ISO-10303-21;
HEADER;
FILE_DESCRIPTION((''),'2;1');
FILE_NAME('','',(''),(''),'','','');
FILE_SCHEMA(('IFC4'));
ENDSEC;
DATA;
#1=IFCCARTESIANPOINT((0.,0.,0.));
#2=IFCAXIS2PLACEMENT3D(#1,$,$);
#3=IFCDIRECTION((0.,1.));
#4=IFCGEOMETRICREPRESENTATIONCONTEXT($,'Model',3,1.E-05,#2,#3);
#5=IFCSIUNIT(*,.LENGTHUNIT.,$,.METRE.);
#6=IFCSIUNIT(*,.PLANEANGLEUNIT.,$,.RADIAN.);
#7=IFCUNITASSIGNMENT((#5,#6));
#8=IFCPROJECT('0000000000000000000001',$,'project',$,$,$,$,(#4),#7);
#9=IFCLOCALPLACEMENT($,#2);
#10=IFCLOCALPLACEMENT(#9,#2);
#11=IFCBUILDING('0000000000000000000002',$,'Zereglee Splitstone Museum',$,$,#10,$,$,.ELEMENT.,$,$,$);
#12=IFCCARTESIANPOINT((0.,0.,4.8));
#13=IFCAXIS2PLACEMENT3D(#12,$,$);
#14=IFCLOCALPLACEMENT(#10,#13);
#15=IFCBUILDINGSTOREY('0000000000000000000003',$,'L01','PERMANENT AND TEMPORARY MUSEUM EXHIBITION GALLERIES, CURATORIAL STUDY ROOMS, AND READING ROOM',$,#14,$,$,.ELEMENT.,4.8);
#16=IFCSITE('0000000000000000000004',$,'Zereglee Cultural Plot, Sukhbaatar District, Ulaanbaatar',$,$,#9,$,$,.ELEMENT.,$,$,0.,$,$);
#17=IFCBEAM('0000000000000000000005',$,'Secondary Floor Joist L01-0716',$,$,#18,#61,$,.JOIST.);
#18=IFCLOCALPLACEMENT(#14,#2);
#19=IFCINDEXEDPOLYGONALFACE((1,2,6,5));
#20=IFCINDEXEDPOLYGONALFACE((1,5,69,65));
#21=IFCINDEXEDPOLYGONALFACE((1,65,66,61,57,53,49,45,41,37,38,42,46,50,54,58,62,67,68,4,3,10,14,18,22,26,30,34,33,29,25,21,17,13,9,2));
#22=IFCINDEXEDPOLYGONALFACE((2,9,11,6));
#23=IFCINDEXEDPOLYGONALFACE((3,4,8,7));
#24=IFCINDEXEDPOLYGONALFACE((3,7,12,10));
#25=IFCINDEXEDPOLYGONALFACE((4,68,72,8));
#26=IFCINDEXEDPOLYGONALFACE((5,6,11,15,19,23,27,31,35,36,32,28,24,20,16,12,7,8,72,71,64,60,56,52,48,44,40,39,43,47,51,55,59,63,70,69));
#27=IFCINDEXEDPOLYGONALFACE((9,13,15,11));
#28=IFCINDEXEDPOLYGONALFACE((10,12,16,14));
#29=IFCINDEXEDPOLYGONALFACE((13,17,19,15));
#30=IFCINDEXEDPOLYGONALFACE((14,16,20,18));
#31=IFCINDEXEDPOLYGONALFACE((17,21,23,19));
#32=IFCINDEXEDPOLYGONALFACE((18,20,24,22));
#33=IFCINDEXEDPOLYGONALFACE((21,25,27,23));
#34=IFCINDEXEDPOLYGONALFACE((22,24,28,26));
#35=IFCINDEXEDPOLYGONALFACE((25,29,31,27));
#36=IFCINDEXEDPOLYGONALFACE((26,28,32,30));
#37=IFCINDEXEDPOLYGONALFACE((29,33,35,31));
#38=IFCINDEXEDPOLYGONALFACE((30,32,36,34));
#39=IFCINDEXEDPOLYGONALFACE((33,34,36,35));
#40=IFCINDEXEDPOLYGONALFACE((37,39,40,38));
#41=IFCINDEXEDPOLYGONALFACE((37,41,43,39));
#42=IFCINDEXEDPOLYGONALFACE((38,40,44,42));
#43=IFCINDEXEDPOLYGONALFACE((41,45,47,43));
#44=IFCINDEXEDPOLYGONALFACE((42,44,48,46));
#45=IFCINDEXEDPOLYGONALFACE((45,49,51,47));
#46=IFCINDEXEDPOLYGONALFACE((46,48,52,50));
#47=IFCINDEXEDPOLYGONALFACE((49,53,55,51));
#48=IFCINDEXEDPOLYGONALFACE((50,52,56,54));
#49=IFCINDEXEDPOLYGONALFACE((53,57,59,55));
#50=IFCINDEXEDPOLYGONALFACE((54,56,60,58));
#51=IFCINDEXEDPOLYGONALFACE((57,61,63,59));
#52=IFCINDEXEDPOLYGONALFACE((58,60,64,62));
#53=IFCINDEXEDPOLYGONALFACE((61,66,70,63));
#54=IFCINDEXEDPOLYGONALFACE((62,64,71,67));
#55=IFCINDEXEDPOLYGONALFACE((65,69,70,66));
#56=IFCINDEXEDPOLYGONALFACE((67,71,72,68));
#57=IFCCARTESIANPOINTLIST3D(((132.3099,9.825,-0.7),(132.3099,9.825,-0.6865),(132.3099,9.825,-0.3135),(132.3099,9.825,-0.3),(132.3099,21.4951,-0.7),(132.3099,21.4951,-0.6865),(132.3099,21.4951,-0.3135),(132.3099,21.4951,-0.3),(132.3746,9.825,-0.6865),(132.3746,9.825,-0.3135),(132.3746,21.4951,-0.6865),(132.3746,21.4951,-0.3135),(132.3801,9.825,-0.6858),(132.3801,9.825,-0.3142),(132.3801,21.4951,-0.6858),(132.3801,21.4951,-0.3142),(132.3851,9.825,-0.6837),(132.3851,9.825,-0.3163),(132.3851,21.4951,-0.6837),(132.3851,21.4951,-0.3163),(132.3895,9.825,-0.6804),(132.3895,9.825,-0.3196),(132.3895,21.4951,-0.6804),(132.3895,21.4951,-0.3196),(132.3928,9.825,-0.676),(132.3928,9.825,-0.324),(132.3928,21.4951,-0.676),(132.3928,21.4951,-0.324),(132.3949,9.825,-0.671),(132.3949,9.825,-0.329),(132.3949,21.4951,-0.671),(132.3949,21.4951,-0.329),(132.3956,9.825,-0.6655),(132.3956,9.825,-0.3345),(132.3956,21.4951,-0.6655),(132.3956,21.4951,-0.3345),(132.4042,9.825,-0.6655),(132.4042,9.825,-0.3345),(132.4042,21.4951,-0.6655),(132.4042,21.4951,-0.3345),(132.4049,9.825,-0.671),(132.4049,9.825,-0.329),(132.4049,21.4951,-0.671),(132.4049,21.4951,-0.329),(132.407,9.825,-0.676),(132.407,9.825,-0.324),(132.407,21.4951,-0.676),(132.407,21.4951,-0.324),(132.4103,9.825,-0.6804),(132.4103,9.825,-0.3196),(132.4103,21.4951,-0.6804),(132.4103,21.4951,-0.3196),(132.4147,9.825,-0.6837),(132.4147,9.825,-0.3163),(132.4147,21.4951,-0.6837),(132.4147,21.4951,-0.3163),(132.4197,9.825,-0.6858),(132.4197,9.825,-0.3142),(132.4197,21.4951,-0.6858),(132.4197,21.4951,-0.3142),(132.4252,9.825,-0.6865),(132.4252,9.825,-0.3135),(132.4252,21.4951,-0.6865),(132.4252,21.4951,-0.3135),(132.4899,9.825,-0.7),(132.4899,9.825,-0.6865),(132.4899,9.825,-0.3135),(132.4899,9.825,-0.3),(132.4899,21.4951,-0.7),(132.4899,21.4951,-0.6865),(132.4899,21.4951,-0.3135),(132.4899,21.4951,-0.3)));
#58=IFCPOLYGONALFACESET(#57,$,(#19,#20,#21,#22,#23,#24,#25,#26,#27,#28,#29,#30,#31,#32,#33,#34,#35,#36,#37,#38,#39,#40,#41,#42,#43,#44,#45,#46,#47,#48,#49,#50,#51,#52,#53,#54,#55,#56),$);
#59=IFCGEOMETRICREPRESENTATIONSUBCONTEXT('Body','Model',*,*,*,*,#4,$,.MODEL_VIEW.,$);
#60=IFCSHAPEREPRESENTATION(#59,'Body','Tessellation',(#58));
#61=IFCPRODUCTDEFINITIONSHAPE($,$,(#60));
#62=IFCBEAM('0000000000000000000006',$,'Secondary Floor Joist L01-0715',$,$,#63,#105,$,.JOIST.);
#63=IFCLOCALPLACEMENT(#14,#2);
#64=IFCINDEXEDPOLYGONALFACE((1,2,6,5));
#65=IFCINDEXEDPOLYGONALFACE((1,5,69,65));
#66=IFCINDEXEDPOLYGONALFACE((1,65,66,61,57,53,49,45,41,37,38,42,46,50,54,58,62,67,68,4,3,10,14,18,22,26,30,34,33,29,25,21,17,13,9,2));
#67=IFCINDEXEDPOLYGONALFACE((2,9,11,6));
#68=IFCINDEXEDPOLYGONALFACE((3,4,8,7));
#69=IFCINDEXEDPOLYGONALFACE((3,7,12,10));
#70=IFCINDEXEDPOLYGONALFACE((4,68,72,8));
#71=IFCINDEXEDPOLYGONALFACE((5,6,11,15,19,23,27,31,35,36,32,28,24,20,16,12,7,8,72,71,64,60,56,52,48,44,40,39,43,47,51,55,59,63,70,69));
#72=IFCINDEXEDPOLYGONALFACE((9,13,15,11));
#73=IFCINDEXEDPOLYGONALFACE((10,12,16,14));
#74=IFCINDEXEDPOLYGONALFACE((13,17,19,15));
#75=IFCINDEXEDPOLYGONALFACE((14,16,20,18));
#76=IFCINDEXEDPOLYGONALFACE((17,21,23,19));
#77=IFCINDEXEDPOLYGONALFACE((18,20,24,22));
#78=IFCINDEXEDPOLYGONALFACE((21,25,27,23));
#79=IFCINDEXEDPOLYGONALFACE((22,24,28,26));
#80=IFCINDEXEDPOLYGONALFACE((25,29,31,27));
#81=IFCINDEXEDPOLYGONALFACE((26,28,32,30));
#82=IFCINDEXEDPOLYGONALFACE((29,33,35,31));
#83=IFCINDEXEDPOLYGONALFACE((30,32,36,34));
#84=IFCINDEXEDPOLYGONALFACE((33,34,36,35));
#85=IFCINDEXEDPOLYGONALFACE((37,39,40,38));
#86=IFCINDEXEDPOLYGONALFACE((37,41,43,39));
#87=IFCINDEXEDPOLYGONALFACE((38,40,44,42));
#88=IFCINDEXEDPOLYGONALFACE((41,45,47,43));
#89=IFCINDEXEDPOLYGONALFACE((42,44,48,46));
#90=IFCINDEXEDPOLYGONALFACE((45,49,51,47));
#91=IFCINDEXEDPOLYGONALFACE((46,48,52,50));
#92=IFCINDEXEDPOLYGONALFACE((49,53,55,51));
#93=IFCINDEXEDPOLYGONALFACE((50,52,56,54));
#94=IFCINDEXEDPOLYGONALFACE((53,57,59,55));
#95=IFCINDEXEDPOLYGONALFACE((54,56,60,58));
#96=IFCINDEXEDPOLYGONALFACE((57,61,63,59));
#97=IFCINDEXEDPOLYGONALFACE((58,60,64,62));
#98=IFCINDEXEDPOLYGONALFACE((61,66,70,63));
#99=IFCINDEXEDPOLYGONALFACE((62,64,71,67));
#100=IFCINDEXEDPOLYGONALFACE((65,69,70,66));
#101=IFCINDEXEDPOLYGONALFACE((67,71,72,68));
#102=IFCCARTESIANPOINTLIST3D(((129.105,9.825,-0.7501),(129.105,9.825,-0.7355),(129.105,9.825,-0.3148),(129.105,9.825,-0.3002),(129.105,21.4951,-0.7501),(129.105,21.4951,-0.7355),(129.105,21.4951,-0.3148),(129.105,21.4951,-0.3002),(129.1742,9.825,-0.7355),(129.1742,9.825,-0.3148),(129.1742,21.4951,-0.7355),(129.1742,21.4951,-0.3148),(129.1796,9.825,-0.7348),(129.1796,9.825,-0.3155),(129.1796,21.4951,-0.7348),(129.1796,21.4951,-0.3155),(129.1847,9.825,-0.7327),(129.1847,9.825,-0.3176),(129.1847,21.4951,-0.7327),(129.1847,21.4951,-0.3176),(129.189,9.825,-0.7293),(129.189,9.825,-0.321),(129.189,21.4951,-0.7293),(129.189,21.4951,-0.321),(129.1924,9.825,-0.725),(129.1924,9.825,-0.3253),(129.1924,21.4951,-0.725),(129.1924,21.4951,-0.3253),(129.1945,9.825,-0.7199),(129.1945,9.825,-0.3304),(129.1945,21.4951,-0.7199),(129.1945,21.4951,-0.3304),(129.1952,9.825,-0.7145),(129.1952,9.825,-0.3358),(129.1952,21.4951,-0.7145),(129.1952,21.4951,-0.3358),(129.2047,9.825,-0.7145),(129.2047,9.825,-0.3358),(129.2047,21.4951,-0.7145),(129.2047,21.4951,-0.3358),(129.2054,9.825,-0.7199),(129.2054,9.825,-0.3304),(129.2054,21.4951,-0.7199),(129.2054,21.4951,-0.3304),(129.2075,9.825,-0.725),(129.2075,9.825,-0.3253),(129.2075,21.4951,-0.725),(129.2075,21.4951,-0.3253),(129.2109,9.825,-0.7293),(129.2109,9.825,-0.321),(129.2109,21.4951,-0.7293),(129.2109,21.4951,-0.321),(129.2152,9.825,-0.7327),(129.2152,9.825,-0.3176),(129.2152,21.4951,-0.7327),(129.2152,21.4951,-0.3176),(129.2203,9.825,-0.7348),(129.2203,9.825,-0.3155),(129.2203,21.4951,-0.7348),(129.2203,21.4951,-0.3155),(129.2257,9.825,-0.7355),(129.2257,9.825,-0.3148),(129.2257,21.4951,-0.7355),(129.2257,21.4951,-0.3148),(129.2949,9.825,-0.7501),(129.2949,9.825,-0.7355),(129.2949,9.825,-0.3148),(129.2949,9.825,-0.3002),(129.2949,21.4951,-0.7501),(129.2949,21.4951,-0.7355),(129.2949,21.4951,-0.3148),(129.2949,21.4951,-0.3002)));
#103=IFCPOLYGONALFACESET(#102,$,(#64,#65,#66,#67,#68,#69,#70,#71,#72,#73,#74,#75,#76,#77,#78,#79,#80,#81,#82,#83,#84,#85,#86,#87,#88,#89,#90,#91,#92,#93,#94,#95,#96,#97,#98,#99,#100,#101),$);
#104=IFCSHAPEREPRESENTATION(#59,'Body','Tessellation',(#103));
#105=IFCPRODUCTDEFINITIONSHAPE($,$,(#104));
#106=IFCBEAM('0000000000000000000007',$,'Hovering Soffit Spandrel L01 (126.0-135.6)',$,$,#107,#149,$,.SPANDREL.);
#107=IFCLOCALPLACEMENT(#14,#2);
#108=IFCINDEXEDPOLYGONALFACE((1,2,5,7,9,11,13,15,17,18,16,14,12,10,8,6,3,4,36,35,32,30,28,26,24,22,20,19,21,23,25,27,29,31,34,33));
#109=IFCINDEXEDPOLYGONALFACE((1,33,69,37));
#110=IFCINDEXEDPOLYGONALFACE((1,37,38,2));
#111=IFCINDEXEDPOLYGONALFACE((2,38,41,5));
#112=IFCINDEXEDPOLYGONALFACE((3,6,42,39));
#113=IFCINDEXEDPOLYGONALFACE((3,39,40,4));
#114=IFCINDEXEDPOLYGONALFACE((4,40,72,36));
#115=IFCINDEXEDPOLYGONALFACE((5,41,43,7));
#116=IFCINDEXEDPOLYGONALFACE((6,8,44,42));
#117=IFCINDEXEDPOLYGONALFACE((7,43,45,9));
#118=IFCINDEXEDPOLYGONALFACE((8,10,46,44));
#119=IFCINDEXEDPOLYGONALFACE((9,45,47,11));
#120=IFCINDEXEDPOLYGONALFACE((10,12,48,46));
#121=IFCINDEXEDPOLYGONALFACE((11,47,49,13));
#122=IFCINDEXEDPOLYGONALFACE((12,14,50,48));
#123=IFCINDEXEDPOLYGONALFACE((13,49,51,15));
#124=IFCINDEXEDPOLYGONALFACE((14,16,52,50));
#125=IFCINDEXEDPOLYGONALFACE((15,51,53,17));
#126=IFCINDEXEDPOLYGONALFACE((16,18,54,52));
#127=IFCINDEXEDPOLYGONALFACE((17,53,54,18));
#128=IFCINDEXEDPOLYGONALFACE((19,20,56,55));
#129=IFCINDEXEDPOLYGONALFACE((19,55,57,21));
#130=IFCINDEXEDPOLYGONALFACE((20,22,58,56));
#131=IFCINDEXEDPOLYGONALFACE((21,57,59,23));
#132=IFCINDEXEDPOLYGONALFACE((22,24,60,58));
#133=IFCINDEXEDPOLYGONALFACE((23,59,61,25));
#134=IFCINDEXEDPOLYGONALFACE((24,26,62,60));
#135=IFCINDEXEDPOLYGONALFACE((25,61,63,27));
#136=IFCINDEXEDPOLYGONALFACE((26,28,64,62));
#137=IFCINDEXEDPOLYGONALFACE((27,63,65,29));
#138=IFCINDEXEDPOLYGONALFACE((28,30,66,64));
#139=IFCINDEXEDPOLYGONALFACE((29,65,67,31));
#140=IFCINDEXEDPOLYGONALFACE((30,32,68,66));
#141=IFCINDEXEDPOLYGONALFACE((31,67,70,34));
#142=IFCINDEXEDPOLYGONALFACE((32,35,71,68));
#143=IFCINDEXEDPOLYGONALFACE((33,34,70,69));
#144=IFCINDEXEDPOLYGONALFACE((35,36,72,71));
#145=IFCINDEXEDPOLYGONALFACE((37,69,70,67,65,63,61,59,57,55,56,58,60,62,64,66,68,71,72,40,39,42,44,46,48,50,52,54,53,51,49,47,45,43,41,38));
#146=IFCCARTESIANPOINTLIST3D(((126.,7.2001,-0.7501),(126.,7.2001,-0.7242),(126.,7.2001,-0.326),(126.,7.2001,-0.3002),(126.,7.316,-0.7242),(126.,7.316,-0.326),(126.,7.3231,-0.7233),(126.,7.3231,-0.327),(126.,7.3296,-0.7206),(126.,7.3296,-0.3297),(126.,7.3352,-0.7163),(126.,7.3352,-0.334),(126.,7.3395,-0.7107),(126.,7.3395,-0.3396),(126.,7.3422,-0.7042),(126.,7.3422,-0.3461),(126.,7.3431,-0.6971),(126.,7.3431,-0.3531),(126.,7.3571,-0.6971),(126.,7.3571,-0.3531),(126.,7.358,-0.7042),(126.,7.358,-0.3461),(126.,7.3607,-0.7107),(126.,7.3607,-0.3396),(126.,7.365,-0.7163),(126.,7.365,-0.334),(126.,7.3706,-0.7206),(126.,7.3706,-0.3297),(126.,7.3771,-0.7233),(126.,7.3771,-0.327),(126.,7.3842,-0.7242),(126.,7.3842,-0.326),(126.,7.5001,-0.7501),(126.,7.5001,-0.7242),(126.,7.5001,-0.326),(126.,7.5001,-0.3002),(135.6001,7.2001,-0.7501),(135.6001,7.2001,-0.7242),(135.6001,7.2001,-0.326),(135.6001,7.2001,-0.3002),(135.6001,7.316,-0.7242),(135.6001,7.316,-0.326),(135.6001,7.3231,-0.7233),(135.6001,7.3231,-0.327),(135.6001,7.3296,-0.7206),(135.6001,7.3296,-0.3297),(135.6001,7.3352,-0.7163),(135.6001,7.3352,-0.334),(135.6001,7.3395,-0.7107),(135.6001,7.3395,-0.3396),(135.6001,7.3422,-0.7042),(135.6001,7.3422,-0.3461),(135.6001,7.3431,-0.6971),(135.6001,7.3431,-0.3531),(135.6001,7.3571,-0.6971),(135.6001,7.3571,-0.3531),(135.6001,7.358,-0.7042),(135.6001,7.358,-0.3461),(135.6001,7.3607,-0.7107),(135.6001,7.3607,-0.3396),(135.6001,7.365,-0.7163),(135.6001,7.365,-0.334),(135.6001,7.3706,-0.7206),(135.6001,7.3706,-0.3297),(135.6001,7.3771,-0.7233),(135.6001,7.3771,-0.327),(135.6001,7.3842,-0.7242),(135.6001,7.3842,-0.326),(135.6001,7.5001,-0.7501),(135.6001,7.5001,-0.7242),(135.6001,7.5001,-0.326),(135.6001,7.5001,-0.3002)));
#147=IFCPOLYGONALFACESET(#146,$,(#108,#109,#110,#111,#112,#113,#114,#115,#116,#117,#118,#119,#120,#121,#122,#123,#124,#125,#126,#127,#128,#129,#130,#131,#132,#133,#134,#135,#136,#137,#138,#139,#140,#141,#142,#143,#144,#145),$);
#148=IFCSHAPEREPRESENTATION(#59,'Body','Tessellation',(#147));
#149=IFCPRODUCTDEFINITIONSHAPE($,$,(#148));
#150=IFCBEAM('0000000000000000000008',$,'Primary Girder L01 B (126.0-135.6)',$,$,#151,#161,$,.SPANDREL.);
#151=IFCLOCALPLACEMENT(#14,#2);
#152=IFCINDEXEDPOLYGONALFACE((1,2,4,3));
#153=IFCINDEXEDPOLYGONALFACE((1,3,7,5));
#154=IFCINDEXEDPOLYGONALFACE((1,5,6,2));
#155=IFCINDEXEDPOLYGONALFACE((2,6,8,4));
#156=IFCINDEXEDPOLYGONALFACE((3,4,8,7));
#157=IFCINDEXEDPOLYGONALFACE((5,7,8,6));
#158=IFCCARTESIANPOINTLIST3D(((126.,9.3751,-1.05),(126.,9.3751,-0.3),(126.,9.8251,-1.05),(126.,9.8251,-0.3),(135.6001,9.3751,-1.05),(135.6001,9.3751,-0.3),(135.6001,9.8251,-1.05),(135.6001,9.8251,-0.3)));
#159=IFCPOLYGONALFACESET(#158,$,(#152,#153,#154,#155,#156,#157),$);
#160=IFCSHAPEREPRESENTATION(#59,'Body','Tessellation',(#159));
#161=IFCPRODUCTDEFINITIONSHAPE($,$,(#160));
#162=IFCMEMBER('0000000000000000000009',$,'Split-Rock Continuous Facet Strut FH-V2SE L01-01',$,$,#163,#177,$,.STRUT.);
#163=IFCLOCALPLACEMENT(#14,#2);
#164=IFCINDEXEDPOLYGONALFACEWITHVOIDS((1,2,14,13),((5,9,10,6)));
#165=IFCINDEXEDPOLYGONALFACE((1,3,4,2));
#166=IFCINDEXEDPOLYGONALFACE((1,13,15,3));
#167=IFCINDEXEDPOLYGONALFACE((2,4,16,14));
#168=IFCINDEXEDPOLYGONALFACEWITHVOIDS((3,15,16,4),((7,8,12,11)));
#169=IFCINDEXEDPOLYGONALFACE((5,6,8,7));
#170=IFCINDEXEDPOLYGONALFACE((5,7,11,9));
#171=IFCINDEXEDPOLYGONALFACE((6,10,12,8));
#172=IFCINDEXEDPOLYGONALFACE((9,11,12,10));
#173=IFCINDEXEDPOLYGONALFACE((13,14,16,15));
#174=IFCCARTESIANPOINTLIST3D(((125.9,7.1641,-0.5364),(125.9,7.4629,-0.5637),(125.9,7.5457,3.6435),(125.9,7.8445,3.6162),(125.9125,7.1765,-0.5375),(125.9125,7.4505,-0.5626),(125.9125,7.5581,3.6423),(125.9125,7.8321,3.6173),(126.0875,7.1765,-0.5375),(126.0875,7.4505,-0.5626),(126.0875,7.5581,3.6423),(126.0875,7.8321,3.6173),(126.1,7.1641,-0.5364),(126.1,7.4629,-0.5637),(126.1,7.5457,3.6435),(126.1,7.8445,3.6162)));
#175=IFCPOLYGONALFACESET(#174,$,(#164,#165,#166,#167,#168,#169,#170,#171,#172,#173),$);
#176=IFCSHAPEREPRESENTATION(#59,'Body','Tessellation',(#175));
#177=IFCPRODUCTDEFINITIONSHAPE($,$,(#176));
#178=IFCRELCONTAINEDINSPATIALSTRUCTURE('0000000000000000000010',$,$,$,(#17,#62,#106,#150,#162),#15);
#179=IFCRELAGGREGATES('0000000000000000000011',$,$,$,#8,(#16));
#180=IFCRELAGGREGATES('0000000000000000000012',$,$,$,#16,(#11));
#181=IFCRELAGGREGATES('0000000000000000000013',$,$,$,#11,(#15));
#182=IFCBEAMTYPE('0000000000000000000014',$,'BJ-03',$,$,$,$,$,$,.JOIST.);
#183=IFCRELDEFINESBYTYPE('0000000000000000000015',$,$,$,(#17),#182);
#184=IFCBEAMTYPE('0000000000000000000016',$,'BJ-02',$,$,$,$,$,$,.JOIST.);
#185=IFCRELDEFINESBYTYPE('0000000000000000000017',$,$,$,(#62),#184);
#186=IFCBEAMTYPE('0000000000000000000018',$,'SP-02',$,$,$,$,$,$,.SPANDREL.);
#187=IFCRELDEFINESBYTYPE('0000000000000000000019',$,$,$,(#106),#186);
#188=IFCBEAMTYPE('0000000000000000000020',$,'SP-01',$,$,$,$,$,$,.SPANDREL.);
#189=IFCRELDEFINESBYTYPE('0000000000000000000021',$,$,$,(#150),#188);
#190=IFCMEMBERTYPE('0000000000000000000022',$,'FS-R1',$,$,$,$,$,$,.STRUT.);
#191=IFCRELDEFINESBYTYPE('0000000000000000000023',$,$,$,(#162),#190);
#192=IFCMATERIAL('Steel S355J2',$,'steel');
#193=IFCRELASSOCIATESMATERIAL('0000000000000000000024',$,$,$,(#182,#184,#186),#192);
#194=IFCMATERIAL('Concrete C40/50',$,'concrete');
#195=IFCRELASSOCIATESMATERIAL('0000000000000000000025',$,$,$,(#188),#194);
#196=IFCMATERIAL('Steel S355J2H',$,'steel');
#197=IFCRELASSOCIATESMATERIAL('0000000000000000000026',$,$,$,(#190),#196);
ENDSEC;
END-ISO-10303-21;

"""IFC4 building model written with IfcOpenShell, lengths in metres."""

from ifc_helpers import new_model, si_unit, direction, frame, origin, origin_2d, place, context, subcontext, project, spatial, rectangle, hollow_rectangle, i_section, extrude, material, material_profile, profile_set, type_object, element, save


model = new_model("IFC4")

# Units and contexts
model_context = context("Model", 3, precision=1e-05, world=origin(), true_north=direction((0.0, 1.0)))
body_context = subcontext(model_context, "Body", "Model", "MODEL_VIEW")
ifc_project = project(units=[si_unit("LENGTHUNIT", "METRE"), si_unit("PLANEANGLEUNIT", "RADIAN")], contexts=[model_context])

# Site, building, storey
site_placement = place(None, origin())
site = spatial("IfcSite", under=ifc_project, at=site_placement, Name="Zereglee Cultural Plot, Sukhbaatar District, Ulaanbaatar", CompositionType="ELEMENT", RefElevation=0.0)
building_placement = place(site_placement, origin())
building = spatial("IfcBuilding", under=site, at=building_placement, Name="Zereglee Splitstone Museum", CompositionType="ELEMENT")
storey_placement = place(building_placement, frame((0.0, 0.0, 4.8)))
storey = spatial("IfcBuildingStorey", under=building, at=storey_placement, Name="L01", Description="PERMANENT AND TEMPORARY MUSEUM EXHIBITION GALLERIES, CURATORIAL STUDY ROOMS, AND READING ROOM", CompositionType="ELEMENT", Elevation=4.8)

# Shared definitions
ifc_material_1 = material(Name="Steel S355J2", Category="steel")

# Beams
ifc_material_profile_1 = material_profile(ifc_material_1, i_section(OverallWidth=0.1799, OverallDepth=0.3999, WebThickness=0.0085, FlangeThickness=0.0134, FilletRadius=0.021, at=origin_2d()), Name="IPE 400")
ifc_profile_set_1 = profile_set([ifc_material_profile_1], Name="Steel S355J2")
beam_type_1 = type_object("IfcBeamType", Name="BJ-03", PredefinedType="JOIST", material=ifc_profile_set_1)
beam_1_placement = place(storey_placement, frame((132.3999, 9.825, -0.5), z_axis=(0.0, 1.0, 0.0), x_axis=(-1.0, 0.0, 0.0)))
element("IfcBeam", 1, at=beam_1_placement, inside=storey, type_object=beam_type_1, Name="Secondary Floor Joist L01-0716", PredefinedType="JOIST", context=body_context, shape_type="SweptSolid", body=[
    extrude(i_section(OverallWidth=0.1799, OverallDepth=0.3999, WebThickness=0.0085, FlangeThickness=0.0134, FilletRadius=0.021, at=origin_2d()), origin(), (0.0, 0.0, 1.0), 11.6702),
])
ifc_material_profile_2 = material_profile(ifc_material_1, i_section(OverallWidth=0.1899, OverallDepth=0.45, WebThickness=0.0095, FlangeThickness=0.0146, FilletRadius=0.021, at=origin_2d()), Name="IPE 450")
ifc_profile_set_2 = profile_set([ifc_material_profile_2], Name="Steel S355J2")
beam_type_2 = type_object("IfcBeamType", Name="BJ-02", PredefinedType="JOIST", material=ifc_profile_set_2)
beam_2_placement = place(storey_placement, frame((129.2, 9.825, -0.5251), z_axis=(0.0, 1.0, 0.0), x_axis=(-1.0, 0.0, 0.0)))
element("IfcBeam", 2, at=beam_2_placement, inside=storey, type_object=beam_type_2, Name="Secondary Floor Joist L01-0715", PredefinedType="JOIST", context=body_context, shape_type="SweptSolid", body=[
    extrude(i_section(OverallWidth=0.1899, OverallDepth=0.45, WebThickness=0.0095, FlangeThickness=0.0146, FilletRadius=0.021, at=origin_2d()), origin(), (0.0, 0.0, 1.0), 11.6702),
])
ifc_material_profile_3 = material_profile(ifc_material_1, i_section(OverallWidth=0.3, OverallDepth=0.45, WebThickness=0.0139, FlangeThickness=0.0259, FilletRadius=0.0271, at=origin_2d()), Name="HE 450 B")
ifc_profile_set_3 = profile_set([ifc_material_profile_3], Name="Steel S355J2")
beam_type_3 = type_object("IfcBeamType", Name="SP-02", PredefinedType="SPANDREL", material=ifc_profile_set_3)
beam_3_placement = place(storey_placement, frame((126.0, 7.3501, -0.5251), z_axis=(1.0, 0.0, 0.0), x_axis=(0.0, 1.0, 0.0)))
element("IfcBeam", 3, at=beam_3_placement, inside=storey, type_object=beam_type_3, Name="Hovering Soffit Spandrel L01 (126.0-135.6)", PredefinedType="SPANDREL", context=body_context, shape_type="SweptSolid", body=[
    extrude(i_section(OverallWidth=0.3, OverallDepth=0.45, WebThickness=0.0139, FlangeThickness=0.0259, FilletRadius=0.0271, at=origin_2d()), origin(), (0.0, 0.0, 1.0), 9.6001),
])
ifc_material_2 = material(Name="Concrete C40/50", Category="concrete")
ifc_material_profile_4 = material_profile(ifc_material_2, rectangle(XDim=0.45, YDim=0.75, at=origin_2d()), Name="RC 450x750")
ifc_profile_set_4 = profile_set([ifc_material_profile_4], Name="Concrete C40/50")
beam_type_4 = type_object("IfcBeamType", Name="SP-01", PredefinedType="SPANDREL", material=ifc_profile_set_4)
beam_4_placement = place(storey_placement, frame((126.0, 9.6001, -0.675), z_axis=(1.0, 0.0, 0.0), x_axis=(0.0, 1.0, 0.0)))
element("IfcBeam", 4, at=beam_4_placement, inside=storey, type_object=beam_type_4, Name="Primary Girder L01 B (126.0-135.6)", PredefinedType="SPANDREL", context=body_context, shape_type="SweptSolid", body=[
    extrude(rectangle(XDim=0.45, YDim=0.75, at=origin_2d()), origin(), (0.0, 0.0, 1.0), 9.6001),
])

# Member
ifc_material_3 = material(Name="Steel S355J2H", Category="steel")
ifc_material_profile_5 = material_profile(ifc_material_3, hollow_rectangle(XDim=0.2, YDim=0.3, WallThickness=0.0125, at=origin_2d()), Name="RHS 300x200x12.5")
ifc_profile_set_5 = profile_set([ifc_material_profile_5], Name="Steel S355J2H")
member_type_1 = type_object("IfcMemberType", Name="FS-R1", PredefinedType="STRUT", material=ifc_profile_set_5)
member_1_placement = place(storey_placement, frame((126.0, 7.3135, -0.55), z_axis=(0.0, 0.090913, 0.995859), x_axis=(-1.0, 0.0, 0.0)))
element("IfcMember", 5, at=member_1_placement, inside=storey, type_object=member_type_1, Name="Split-Rock Continuous Facet Strut FH-V2SE L01-01", PredefinedType="STRUT", context=body_context, shape_type="SweptSolid", body=[
    extrude(hollow_rectangle(XDim=0.2, YDim=0.3, WallThickness=0.0125, at=origin_2d()), origin(), (0.0, 0.0, 1.0), 4.1973),
])

save(model, "model.ifc")
